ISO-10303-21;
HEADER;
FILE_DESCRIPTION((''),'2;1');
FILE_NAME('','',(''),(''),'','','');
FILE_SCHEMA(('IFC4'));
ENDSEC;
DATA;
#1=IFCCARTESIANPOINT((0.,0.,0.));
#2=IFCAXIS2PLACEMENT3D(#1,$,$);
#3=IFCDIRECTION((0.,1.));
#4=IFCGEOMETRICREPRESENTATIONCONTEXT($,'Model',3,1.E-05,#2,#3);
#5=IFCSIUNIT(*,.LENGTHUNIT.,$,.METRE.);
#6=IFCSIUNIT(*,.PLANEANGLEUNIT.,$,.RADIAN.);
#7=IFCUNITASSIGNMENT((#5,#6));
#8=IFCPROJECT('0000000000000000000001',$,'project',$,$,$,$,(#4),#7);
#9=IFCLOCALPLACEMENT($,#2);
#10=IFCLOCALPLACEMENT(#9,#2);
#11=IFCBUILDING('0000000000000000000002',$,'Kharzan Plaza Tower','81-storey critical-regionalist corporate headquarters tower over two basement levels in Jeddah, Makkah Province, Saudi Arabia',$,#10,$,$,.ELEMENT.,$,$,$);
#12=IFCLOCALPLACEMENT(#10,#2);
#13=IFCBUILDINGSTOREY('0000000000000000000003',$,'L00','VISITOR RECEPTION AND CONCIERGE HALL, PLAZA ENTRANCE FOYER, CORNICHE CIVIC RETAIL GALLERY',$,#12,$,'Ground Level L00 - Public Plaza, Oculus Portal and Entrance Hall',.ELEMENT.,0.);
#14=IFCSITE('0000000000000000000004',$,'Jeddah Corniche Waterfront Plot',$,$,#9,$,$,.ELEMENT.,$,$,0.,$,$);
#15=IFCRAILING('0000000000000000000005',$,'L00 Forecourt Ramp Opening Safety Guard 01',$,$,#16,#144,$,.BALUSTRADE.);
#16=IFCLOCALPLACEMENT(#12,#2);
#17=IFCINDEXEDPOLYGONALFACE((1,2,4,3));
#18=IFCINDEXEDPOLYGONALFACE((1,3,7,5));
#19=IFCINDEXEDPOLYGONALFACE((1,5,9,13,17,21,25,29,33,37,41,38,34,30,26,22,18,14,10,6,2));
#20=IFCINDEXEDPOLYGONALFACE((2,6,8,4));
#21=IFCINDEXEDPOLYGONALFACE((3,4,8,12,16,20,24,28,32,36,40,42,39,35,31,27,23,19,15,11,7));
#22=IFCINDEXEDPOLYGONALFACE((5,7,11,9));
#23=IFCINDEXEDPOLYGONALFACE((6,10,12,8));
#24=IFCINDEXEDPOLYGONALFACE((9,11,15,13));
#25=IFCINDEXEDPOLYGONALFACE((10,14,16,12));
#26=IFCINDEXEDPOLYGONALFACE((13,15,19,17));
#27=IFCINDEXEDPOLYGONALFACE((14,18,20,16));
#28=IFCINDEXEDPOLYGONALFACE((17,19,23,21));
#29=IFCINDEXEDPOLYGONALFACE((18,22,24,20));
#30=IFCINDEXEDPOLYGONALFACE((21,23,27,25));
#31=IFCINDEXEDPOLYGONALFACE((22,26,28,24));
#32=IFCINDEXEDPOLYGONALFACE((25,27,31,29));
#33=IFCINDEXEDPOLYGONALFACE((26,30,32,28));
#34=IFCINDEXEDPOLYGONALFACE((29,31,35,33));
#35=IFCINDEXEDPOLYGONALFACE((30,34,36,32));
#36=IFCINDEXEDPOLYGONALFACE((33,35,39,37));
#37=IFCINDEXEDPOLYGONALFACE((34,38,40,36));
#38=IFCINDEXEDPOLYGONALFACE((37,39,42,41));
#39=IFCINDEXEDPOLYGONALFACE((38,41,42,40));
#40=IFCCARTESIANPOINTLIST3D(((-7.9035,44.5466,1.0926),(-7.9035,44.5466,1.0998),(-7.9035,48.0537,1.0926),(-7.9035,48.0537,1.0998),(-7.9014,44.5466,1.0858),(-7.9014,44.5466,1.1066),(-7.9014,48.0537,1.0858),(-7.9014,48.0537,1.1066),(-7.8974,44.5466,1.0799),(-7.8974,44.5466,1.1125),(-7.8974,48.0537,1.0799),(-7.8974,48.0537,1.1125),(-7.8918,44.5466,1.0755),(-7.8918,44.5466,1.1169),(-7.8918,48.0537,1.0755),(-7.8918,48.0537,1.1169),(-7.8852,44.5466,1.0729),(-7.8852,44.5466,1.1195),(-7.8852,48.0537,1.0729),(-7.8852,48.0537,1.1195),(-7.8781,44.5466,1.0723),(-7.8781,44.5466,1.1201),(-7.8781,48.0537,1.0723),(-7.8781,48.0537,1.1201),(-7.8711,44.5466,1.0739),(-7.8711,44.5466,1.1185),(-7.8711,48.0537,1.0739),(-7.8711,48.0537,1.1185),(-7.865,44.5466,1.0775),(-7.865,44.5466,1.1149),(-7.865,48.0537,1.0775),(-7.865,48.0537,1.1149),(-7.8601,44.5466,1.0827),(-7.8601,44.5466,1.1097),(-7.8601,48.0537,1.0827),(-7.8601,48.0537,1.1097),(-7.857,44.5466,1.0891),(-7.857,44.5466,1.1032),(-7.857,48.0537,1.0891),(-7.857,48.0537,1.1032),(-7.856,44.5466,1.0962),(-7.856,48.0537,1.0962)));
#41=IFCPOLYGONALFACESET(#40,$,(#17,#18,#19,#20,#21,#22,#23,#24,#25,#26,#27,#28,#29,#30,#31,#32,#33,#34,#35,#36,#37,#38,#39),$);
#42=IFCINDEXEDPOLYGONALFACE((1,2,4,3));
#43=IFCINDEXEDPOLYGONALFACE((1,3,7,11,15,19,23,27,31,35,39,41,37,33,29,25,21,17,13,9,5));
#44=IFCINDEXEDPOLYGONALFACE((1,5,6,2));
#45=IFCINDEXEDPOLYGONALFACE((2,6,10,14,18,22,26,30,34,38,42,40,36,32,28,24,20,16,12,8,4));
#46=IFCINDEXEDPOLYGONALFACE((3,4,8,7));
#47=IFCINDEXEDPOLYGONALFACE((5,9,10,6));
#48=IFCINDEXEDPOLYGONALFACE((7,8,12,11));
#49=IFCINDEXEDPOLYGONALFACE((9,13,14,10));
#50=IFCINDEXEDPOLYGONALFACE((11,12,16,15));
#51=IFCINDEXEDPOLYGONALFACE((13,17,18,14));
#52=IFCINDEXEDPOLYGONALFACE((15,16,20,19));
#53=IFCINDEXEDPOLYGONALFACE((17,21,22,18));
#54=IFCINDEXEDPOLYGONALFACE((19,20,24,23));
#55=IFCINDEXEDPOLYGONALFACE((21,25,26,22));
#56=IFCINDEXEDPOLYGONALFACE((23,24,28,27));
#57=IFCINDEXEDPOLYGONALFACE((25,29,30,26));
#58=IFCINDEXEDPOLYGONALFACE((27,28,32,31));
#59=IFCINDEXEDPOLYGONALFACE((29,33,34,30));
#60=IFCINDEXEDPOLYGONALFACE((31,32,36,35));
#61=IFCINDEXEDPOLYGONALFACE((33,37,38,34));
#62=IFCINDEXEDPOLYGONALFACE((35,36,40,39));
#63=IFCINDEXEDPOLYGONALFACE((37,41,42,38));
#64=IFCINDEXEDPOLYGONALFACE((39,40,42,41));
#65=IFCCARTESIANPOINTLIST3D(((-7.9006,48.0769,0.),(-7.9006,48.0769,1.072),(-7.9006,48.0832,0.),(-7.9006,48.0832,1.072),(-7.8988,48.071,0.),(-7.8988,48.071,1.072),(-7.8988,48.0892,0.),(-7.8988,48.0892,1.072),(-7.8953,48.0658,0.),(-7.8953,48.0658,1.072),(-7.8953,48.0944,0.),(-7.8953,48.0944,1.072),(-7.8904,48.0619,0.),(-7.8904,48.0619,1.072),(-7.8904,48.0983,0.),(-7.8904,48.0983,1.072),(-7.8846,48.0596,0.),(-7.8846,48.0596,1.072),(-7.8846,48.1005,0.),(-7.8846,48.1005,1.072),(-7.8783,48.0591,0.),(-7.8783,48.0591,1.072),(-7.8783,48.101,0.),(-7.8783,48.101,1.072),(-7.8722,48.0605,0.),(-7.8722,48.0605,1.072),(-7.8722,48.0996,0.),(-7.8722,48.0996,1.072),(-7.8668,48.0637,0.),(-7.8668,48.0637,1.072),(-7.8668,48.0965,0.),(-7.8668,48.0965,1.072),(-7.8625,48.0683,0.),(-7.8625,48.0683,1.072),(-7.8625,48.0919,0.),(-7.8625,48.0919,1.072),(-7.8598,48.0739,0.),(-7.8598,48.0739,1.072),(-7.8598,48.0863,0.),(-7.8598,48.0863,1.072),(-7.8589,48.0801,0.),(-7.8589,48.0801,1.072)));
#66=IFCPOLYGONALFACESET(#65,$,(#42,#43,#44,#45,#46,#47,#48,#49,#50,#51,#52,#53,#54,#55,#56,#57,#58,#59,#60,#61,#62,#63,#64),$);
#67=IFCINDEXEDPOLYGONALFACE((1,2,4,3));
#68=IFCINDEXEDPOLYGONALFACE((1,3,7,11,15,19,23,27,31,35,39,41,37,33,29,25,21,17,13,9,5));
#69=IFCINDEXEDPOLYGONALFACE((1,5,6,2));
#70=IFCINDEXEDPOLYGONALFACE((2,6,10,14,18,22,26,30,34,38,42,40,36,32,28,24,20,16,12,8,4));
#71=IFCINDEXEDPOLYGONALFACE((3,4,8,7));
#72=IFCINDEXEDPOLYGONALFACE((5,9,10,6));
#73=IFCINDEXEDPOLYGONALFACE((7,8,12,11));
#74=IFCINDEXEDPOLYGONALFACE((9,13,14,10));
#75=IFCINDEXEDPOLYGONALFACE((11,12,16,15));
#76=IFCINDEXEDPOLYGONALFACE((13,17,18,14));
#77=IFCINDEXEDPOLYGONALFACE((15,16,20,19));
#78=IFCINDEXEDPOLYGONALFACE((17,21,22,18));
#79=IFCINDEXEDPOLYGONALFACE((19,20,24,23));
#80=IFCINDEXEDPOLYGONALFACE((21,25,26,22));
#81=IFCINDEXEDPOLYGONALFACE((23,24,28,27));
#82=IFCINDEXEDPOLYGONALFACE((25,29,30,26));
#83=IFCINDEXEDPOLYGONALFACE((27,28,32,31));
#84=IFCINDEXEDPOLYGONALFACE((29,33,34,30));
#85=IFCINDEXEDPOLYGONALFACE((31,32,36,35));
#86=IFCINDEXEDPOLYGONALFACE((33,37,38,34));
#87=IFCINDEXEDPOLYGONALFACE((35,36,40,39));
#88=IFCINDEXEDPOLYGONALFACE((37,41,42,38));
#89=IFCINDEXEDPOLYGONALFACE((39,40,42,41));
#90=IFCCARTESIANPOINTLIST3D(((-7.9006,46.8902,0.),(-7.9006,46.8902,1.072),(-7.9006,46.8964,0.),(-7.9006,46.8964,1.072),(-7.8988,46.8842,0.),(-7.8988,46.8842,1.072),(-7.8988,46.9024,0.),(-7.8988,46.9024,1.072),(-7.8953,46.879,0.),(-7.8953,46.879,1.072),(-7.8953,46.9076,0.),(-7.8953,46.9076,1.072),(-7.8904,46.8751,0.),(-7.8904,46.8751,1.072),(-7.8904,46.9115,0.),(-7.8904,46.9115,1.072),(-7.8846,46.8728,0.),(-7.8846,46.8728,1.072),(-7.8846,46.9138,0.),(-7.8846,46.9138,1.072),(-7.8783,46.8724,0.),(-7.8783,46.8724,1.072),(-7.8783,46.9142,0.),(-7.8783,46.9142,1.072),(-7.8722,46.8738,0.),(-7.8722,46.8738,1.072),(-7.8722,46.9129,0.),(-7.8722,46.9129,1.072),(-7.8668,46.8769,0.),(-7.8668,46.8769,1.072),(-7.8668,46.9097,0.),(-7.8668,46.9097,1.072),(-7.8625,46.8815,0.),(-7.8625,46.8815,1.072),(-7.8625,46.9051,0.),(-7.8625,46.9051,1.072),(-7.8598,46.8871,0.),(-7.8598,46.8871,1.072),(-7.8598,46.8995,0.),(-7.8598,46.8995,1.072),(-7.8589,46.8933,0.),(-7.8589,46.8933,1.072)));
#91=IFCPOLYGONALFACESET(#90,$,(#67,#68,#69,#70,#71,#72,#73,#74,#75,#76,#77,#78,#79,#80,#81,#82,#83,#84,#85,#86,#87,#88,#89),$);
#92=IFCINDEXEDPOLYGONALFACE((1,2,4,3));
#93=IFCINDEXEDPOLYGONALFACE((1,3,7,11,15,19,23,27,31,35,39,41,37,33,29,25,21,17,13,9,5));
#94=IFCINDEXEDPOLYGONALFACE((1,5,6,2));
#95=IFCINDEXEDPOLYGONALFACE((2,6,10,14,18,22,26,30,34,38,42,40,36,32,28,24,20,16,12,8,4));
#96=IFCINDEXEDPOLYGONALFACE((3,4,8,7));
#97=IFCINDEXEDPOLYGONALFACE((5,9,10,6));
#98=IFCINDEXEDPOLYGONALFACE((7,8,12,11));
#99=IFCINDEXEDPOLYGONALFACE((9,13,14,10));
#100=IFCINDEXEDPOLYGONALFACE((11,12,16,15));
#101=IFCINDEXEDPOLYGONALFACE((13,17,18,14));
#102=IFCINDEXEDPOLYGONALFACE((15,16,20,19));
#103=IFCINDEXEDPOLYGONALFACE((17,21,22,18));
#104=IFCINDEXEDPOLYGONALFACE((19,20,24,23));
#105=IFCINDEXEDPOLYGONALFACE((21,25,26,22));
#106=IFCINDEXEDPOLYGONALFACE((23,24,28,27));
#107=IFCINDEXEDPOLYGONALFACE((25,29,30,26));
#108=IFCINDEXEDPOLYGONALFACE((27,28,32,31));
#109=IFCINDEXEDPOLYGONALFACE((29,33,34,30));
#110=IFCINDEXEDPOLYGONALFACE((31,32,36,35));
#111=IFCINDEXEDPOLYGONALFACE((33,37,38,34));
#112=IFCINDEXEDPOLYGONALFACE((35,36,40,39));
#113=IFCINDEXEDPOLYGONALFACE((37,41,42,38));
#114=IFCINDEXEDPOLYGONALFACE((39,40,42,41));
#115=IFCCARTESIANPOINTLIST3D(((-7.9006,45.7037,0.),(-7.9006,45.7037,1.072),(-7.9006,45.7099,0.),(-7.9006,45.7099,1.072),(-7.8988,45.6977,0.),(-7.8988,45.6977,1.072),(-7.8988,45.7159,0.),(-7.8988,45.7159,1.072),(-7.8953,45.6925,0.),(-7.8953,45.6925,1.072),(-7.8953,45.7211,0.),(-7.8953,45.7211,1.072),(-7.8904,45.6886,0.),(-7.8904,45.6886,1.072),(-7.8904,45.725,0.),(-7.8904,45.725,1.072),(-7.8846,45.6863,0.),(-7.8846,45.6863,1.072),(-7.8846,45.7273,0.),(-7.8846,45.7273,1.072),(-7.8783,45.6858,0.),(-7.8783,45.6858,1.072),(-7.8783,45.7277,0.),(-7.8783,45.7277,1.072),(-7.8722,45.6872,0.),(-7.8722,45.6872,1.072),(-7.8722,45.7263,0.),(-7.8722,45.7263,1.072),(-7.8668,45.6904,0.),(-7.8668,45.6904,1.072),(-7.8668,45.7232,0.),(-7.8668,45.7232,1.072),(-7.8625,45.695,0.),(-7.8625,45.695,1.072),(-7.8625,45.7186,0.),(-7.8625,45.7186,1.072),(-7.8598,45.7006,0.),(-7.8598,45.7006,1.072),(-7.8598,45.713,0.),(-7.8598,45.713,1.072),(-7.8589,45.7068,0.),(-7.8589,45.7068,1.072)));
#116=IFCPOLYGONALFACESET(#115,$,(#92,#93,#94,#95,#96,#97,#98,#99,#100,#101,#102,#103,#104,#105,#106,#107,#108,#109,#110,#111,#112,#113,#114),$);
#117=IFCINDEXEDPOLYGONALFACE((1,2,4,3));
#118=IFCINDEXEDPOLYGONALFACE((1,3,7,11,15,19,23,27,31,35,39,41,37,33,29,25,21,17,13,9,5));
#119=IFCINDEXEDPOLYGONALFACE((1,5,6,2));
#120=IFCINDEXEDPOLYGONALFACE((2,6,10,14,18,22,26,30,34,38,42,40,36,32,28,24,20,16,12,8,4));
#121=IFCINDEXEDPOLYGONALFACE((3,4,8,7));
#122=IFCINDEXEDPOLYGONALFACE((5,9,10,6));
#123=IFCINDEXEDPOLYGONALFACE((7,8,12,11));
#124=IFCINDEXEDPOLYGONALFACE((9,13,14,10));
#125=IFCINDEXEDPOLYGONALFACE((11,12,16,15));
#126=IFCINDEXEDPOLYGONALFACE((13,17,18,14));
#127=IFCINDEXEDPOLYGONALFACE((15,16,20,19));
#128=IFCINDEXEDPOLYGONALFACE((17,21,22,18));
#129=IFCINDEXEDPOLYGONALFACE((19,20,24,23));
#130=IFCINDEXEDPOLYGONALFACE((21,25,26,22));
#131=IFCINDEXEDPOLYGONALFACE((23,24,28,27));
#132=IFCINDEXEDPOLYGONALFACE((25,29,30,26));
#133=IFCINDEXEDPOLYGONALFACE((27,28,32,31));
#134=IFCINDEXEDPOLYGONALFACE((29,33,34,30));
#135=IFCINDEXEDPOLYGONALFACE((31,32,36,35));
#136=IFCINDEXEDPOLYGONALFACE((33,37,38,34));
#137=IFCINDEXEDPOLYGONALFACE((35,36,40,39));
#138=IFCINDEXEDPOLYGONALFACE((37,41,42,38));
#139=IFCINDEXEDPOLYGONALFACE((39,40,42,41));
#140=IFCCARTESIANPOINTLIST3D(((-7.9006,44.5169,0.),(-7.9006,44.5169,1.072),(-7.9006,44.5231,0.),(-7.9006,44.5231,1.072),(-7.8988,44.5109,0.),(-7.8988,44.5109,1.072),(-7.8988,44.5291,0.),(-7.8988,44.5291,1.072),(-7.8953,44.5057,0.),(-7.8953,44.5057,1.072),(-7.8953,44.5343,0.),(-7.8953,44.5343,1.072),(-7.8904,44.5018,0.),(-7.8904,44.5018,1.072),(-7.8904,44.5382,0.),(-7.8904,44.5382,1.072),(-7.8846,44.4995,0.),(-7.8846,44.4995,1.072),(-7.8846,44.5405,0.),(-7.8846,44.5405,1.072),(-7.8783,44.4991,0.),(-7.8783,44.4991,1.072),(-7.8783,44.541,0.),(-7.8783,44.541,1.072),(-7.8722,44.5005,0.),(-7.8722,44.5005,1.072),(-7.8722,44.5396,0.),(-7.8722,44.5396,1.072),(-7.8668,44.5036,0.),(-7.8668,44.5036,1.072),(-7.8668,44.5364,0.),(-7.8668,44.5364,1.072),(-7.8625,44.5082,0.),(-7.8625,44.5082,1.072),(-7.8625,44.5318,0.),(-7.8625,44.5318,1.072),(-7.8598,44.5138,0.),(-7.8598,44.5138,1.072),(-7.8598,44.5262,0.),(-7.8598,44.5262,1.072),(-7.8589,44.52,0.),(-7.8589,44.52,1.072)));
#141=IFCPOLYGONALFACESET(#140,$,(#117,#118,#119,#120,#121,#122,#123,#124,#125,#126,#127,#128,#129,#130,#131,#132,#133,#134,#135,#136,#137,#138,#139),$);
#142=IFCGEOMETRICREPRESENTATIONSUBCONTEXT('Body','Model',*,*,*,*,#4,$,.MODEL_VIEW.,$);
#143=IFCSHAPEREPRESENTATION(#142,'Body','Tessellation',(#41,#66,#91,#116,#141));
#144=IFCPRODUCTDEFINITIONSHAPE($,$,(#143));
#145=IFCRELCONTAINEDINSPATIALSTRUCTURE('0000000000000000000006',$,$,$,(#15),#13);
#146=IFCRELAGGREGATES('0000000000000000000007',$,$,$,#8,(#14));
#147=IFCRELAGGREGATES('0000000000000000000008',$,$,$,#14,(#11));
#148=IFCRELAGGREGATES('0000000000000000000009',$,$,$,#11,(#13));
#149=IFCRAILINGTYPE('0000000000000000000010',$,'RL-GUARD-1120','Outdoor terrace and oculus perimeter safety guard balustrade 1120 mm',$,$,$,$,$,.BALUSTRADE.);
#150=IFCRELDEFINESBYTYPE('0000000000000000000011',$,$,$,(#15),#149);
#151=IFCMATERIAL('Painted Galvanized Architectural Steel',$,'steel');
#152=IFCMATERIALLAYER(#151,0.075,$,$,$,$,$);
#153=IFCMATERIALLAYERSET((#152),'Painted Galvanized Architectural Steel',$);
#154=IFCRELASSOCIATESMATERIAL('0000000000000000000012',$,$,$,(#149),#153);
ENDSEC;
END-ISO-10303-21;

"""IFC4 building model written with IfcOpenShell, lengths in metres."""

from ifc_helpers import new_model, si_unit, direction, frame, origin, origin_2d, place, context, subcontext, project, spatial, circle, extrude, source, transform, mapped, material, layer, layer_set, type_object, element, save


model = new_model("IFC4")

# Units and contexts
model_context = context("Model", 3, precision=1e-05, world=origin(), true_north=direction((0.0, 1.0)))
body_context = subcontext(model_context, "Body", "Model", "MODEL_VIEW")
ifc_project = project(units=[si_unit("LENGTHUNIT", "METRE"), si_unit("PLANEANGLEUNIT", "RADIAN")], contexts=[model_context])

# Site, building, storey
site_placement = place(None, origin())
site = spatial("IfcSite", under=ifc_project, at=site_placement, Name="Jeddah Corniche Waterfront Plot", CompositionType="ELEMENT", RefElevation=0.0)
building_placement = place(site_placement, origin())
building = spatial("IfcBuilding", under=site, at=building_placement, Name="Kharzan Plaza Tower", Description="81-storey critical-regionalist corporate headquarters tower over two basement levels in Jeddah, Makkah Province, Saudi Arabia", CompositionType="ELEMENT")
storey_placement = place(building_placement, origin())
storey = spatial("IfcBuildingStorey", under=building, at=storey_placement, Name="L00", Description="VISITOR RECEPTION AND CONCIERGE HALL, PLAZA ENTRANCE FOYER, CORNICHE CIVIC RETAIL GALLERY", LongName="Ground Level L00 - Public Plaza, Oculus Portal and Entrance Hall", CompositionType="ELEMENT", Elevation=0.0)

# Railing
ifc_material_1 = material(Name="Painted Galvanized Architectural Steel", Category="steel")
ifc_layer_1 = layer(ifc_material_1, 0.075)
ifc_layer_set_1 = layer_set([ifc_layer_1], Name="Painted Galvanized Architectural Steel")
railing_type_1 = type_object("IfcRailingType", Name="RL-GUARD-1120", Description="Outdoor terrace and oculus perimeter safety guard balustrade 1120 mm", PredefinedType="BALUSTRADE", material=ifc_layer_set_1)
shared_shape_1 = source(origin(), body_context, "Body", "SweptSolid", [
    extrude(circle(Radius=0.0239, at=origin_2d()), frame((0.0, -0.0264, 1.0962), z_axis=(0.0, -1.0, 0.0), x_axis=(1.0, 0.0, 0.0)), (0.0, 0.0, 1.0), 3.5071),
    extrude(circle(Radius=0.021, at=origin_2d()), origin(), (0.0, 0.0, 1.0), 1.072),
    extrude(circle(Radius=0.021, at=origin_2d()), frame((0.0, -1.1868, 0.0)), (0.0, 0.0, 1.0), 1.072),
    extrude(circle(Radius=0.021, at=origin_2d()), frame((0.0, -2.3733, 0.0)), (0.0, 0.0, 1.0), 1.072),
    extrude(circle(Radius=0.021, at=origin_2d()), frame((0.0, -3.5601, 0.0)), (0.0, 0.0, 1.0), 1.072),
])
railing_1_placement = place(storey_placement, frame((-7.8799, 48.0801, 0.0)))
element("IfcRailing", 1, at=railing_1_placement, inside=storey, type_object=railing_type_1, Name="L00 Forecourt Ramp Opening Safety Guard 01", PredefinedType="BALUSTRADE", context=body_context, shape_type="MappedRepresentation", body=[
    mapped(shared_shape_1, transform((0.0, 0.0, 0.0), x_axis=(1.0, 0.0, 0.0), y_axis=(0.0, 1.0, 0.0), z_axis=(0.0, 0.0, 1.0))),
])

save(model, "model.ifc")
